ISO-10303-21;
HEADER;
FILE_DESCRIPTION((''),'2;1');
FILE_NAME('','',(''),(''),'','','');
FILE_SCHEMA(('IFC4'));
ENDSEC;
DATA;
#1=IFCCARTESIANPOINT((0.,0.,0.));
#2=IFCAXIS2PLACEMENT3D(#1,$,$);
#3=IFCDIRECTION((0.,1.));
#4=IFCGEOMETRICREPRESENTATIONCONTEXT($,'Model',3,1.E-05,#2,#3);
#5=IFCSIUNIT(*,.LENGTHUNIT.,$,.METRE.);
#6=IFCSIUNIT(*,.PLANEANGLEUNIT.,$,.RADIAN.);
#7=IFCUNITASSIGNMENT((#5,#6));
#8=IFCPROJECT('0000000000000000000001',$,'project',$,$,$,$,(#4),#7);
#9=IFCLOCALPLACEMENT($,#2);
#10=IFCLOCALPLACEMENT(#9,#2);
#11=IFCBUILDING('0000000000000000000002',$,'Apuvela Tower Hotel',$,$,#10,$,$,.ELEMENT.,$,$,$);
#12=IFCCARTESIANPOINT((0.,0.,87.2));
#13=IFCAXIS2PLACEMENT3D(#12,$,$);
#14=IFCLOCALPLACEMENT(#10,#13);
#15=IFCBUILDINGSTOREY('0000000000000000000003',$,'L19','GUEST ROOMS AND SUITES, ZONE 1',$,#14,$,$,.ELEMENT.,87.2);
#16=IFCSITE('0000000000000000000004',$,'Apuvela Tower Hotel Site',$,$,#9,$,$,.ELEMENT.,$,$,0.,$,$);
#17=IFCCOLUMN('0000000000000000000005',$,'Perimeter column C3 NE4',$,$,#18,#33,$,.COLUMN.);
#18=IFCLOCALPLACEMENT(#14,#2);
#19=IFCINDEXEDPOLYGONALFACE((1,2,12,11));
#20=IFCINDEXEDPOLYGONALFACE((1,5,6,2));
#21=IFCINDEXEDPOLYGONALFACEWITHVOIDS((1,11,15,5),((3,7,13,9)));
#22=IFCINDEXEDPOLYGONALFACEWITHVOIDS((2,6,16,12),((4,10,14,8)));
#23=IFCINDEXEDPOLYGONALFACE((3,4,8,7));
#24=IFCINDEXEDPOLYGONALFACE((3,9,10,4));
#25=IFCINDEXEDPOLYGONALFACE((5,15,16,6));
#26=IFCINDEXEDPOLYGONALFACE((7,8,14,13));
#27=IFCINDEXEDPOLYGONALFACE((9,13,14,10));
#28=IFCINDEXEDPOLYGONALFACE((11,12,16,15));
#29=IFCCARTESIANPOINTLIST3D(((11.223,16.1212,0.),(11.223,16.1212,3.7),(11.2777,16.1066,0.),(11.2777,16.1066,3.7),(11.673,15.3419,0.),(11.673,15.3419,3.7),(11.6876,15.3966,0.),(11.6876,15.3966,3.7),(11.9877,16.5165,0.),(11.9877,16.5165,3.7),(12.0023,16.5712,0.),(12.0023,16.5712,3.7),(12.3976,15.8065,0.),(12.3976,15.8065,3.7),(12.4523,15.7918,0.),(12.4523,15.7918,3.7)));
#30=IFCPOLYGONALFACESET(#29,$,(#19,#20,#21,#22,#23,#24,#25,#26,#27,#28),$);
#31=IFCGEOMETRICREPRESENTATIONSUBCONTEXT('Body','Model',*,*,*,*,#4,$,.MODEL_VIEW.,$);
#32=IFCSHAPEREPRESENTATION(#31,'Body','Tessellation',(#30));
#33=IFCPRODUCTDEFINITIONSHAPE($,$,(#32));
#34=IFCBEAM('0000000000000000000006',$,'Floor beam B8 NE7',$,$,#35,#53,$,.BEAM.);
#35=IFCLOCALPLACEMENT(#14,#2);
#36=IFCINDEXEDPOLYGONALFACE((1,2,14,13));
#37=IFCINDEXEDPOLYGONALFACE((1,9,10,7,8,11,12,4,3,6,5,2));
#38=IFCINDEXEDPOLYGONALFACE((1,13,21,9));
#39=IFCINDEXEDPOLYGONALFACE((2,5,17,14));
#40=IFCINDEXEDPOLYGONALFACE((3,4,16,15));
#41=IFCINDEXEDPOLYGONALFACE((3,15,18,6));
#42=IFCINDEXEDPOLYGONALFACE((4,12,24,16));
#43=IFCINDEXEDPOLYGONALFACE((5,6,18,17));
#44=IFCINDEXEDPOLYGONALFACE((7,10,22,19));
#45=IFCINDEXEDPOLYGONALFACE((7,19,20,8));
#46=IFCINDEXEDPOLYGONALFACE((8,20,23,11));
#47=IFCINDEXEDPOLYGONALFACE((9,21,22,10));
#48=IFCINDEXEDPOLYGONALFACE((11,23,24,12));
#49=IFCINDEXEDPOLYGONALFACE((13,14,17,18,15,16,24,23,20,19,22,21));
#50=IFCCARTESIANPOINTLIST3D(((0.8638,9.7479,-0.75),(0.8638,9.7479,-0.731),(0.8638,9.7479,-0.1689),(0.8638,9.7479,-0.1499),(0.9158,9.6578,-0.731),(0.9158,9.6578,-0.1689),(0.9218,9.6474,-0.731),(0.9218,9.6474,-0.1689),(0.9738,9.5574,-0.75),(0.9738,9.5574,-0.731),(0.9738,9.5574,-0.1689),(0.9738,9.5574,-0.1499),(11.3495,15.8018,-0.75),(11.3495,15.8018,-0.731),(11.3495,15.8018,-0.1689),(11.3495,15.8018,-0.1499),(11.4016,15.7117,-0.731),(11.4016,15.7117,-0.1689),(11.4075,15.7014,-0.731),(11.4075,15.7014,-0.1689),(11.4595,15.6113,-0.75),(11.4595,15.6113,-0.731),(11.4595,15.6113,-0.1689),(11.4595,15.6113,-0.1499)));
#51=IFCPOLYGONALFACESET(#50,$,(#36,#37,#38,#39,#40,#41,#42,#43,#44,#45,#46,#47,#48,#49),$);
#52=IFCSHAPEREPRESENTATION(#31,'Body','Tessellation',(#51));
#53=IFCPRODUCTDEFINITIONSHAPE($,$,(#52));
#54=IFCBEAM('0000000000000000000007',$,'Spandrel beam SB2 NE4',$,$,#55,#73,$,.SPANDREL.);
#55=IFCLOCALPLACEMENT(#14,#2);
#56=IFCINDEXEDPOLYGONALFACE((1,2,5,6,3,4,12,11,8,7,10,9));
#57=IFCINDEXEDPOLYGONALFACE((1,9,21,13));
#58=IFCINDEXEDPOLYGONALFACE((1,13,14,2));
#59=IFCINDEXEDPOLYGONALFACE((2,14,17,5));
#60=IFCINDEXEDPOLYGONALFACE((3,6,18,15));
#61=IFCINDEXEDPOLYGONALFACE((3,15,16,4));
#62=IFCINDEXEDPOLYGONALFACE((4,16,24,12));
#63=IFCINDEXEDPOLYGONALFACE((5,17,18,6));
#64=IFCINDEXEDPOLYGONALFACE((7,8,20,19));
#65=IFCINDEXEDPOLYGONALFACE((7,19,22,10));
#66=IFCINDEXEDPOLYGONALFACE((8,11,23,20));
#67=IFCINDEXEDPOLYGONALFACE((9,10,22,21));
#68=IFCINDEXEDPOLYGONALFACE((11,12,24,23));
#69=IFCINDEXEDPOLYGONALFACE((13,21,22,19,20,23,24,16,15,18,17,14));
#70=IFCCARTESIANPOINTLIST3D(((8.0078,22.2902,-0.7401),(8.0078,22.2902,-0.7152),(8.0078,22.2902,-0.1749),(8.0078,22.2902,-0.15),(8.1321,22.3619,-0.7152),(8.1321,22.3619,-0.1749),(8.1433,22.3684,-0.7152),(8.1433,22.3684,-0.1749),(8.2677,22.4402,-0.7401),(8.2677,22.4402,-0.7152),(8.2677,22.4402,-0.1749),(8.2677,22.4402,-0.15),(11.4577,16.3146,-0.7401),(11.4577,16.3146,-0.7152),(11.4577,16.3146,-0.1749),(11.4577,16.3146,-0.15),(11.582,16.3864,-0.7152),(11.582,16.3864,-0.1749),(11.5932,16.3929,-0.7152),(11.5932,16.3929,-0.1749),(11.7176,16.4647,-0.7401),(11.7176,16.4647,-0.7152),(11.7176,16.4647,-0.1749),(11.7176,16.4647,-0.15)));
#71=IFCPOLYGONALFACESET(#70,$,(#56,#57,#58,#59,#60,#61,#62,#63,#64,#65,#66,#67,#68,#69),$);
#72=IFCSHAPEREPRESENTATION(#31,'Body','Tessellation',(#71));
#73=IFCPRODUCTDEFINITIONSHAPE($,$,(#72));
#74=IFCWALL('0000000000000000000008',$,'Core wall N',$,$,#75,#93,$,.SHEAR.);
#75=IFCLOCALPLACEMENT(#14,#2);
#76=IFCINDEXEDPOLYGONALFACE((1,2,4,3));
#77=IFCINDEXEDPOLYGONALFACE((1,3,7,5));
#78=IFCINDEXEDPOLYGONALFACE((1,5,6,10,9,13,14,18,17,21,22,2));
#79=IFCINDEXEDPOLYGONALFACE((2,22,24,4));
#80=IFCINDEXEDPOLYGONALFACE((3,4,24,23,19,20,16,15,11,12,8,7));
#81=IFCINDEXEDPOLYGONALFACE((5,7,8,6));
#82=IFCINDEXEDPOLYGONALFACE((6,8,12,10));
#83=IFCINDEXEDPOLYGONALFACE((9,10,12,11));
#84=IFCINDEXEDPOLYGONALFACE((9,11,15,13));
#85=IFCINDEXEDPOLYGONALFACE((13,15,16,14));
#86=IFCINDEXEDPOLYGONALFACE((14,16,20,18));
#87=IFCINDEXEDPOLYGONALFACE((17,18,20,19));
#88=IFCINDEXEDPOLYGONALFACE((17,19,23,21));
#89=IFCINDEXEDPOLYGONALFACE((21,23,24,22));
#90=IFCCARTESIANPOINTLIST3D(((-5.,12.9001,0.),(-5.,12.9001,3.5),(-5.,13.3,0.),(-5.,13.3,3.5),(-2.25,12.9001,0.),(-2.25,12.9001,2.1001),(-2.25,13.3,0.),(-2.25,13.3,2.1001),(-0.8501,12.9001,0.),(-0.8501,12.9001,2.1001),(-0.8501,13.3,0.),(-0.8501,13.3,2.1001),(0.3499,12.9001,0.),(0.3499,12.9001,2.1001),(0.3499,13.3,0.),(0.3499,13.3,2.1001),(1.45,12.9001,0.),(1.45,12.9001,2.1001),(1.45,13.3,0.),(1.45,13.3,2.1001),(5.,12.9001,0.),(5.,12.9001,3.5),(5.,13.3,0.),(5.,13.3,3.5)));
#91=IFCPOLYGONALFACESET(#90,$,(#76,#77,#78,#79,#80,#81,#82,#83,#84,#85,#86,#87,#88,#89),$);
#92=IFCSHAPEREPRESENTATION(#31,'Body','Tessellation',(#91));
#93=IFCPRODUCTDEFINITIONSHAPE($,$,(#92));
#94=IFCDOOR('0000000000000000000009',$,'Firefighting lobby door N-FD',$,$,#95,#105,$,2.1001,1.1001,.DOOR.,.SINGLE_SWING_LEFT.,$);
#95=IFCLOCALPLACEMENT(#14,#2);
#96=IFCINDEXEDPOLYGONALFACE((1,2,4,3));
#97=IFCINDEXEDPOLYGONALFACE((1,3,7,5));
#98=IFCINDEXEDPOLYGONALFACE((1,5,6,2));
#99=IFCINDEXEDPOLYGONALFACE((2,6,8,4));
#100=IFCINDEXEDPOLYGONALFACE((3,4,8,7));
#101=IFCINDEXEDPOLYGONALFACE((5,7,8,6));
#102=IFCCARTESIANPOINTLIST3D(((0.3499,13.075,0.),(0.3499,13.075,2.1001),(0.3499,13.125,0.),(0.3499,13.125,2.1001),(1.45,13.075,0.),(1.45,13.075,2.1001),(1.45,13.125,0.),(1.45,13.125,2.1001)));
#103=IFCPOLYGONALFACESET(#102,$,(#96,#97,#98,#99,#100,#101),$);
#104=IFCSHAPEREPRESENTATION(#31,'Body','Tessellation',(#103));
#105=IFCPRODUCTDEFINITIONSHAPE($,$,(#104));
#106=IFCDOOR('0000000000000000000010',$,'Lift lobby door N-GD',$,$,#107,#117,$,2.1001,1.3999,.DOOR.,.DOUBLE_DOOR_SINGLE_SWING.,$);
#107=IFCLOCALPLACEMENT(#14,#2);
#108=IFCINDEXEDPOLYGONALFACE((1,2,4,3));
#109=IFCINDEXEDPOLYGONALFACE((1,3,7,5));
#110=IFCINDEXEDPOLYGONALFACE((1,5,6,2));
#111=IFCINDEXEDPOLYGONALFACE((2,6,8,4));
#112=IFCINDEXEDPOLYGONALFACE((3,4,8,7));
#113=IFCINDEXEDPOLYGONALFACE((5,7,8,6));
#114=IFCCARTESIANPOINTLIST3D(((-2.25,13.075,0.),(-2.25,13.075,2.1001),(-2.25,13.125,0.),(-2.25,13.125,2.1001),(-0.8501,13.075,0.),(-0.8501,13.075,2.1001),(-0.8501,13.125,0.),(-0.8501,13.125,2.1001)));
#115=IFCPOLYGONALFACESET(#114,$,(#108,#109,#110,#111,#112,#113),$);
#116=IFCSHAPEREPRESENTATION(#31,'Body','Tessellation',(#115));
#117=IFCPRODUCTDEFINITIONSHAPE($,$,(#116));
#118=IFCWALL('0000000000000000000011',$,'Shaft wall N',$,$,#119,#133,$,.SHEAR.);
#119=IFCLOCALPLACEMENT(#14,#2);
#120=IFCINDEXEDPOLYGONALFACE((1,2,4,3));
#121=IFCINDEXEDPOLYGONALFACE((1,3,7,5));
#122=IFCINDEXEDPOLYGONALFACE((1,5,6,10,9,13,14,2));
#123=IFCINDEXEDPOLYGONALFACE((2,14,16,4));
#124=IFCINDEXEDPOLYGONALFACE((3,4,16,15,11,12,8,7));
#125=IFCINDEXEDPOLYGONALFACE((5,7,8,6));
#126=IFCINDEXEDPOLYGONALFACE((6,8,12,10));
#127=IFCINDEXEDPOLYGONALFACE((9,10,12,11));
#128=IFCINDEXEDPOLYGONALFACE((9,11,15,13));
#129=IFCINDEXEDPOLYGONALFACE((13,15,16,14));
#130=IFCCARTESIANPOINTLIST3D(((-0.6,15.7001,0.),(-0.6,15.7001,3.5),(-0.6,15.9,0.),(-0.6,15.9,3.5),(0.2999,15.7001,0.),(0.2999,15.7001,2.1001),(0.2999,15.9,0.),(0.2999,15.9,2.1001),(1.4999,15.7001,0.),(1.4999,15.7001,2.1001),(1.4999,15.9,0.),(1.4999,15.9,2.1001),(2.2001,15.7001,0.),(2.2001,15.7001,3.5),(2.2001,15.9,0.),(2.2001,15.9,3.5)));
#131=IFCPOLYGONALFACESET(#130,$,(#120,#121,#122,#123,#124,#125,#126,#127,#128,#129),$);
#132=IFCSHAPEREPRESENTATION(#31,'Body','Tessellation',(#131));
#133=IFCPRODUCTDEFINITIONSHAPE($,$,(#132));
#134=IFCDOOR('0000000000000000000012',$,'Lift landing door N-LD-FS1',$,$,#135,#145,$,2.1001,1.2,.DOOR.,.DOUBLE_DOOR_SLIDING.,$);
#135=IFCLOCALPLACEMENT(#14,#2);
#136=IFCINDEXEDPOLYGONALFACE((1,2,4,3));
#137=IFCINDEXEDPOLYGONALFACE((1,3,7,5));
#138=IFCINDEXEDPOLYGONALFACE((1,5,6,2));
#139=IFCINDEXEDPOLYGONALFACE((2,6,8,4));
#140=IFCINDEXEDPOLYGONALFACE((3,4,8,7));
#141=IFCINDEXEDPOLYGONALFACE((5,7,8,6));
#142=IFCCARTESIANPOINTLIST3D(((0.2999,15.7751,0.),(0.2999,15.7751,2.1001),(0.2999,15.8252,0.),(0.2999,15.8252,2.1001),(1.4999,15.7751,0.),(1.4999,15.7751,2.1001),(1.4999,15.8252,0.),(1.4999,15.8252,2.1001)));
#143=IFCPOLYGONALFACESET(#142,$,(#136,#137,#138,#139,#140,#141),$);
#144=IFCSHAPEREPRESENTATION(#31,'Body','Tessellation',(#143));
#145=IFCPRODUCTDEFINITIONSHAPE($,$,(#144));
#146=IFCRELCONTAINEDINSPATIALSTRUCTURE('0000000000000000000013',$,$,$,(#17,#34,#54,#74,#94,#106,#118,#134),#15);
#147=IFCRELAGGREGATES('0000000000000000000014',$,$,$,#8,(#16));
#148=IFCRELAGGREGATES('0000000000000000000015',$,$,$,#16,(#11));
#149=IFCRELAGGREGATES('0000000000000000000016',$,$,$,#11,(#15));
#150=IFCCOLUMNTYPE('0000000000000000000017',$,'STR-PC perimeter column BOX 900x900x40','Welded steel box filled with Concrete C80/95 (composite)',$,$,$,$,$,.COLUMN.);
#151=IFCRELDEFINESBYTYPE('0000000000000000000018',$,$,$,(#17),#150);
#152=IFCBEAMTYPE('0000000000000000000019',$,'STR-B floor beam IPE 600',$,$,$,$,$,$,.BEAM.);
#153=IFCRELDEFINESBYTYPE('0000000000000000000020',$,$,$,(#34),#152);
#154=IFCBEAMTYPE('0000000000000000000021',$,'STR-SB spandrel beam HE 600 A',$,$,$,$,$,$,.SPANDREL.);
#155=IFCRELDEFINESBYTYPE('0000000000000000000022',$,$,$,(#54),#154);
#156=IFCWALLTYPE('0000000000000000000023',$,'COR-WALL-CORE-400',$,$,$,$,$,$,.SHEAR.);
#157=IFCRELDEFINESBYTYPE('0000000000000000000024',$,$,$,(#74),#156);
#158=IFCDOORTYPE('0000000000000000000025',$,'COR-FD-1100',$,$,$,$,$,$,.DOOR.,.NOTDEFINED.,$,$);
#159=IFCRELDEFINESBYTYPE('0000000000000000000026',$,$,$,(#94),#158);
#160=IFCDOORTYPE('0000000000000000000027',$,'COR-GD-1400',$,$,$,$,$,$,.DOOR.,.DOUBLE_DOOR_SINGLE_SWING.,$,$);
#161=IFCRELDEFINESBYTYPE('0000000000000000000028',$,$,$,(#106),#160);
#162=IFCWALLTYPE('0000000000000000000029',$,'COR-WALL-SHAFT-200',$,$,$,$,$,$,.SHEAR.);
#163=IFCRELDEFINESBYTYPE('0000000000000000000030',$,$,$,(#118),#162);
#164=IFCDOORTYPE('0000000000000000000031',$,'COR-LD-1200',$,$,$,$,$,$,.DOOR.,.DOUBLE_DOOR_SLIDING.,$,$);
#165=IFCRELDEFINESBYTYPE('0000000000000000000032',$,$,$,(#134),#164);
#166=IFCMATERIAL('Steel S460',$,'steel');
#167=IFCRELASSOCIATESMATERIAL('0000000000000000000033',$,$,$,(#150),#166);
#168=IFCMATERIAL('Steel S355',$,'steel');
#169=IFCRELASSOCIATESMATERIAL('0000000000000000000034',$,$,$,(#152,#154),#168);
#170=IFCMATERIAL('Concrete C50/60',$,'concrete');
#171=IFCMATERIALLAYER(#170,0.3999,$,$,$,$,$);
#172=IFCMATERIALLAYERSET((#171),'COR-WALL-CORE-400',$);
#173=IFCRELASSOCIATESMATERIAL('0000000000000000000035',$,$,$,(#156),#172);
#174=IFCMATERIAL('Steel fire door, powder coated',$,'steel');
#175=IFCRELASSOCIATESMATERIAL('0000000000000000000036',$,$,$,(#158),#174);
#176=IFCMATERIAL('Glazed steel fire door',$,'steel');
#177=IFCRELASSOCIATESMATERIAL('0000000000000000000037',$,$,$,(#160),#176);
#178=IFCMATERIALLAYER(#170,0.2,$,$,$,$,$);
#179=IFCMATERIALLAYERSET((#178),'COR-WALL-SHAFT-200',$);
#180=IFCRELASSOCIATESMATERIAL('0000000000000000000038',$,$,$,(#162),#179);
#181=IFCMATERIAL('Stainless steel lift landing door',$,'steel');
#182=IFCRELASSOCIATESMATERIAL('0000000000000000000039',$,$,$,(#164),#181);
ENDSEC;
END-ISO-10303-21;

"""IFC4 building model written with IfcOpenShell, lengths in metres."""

from ifc_helpers import new_model, si_unit, direction, frame, frame_2d, origin, origin_2d, place, context, subcontext, project, spatial, rectangle, hollow_rectangle, i_section, extrude, material, layer, layer_set, material_profile, profile_set, type_object, element, fill, save


model = new_model("IFC4")

# Units and contexts
model_context = context("Model", 3, precision=1e-05, world=origin(), true_north=direction((0.0, 1.0)))
body_context = subcontext(model_context, "Body", "Model", "MODEL_VIEW")
ifc_project = project(units=[si_unit("LENGTHUNIT", "METRE"), si_unit("PLANEANGLEUNIT", "RADIAN")], contexts=[model_context])

# Site, building, storey
site_placement = place(None, origin())
site = spatial("IfcSite", under=ifc_project, at=site_placement, Name="Apuvela Tower Hotel Site", CompositionType="ELEMENT", RefElevation=0.0)
building_placement = place(site_placement, origin())
building = spatial("IfcBuilding", under=site, at=building_placement, Name="Apuvela Tower Hotel", CompositionType="ELEMENT")
storey_placement = place(building_placement, frame((0.0, 0.0, 87.2)))
storey = spatial("IfcBuildingStorey", under=building, at=storey_placement, Name="L19", Description="GUEST ROOMS AND SUITES, ZONE 1", CompositionType="ELEMENT", Elevation=87.2)

# Column
ifc_material_1 = material(Name="Steel S460", Category="steel")
ifc_material_profile_1 = material_profile(ifc_material_1, hollow_rectangle(XDim=0.8999, YDim=0.8999, WallThickness=0.04, at=origin_2d()), Name="BOX 900x900x40")
ifc_material_2 = material(Name="Concrete C80/95", Category="concrete")
ifc_material_profile_2 = material_profile(ifc_material_2, rectangle(XDim=0.8201, YDim=0.8201, at=origin_2d()), Name="Concrete C80/95 infill")
ifc_profile_set_1 = profile_set([ifc_material_profile_1, ifc_material_profile_2], Name="Steel S460")
column_type = type_object("IfcColumnType", Name="STR-PC perimeter column BOX 900x900x40", Description="Welded steel box filled with Concrete C80/95 (composite)", PredefinedType="COLUMN", material=ifc_profile_set_1)
column_placement = place(storey_placement, frame((11.8376, 15.9565, 0.0), z_axis=(0.0, 0.0, 1.0), x_axis=(-0.5, 0.866025, 0.0)))
element("IfcColumn", 1, at=column_placement, inside=storey, type_object=column_type, Name="Perimeter column C3 NE4", PredefinedType="COLUMN", context=body_context, shape_type="SweptSolid", body=[
    extrude(hollow_rectangle(XDim=0.8999, YDim=0.8999, WallThickness=0.04, at=origin_2d()), origin(), (0.0, 0.0, 1.0), 3.7),
])

# Beams
ifc_material_3 = material(Name="Steel S355", Category="steel")
ifc_material_profile_3 = material_profile(ifc_material_3, i_section(OverallWidth=0.22, OverallDepth=0.6001, WebThickness=0.012, FlangeThickness=0.019, at=origin_2d()), Name="IPE 600")
ifc_profile_set_2 = profile_set([ifc_material_profile_3], Name="Steel S355")
beam_type_1 = type_object("IfcBeamType", Name="STR-B floor beam IPE 600", PredefinedType="BEAM", material=ifc_profile_set_2)
beam_1_placement = place(storey_placement, frame((11.4045, 15.7065, -0.45), z_axis=(-0.866027, -0.499997, 0.0), x_axis=(0.499997, -0.866027, 0.0)))
element("IfcBeam", 2, at=beam_1_placement, inside=storey, type_object=beam_type_1, Name="Floor beam B8 NE7", PredefinedType="BEAM", context=body_context, shape_type="SweptSolid", body=[
    extrude(i_section(OverallWidth=0.22, OverallDepth=0.6001, WebThickness=0.012, FlangeThickness=0.019, at=origin_2d()), origin(), (0.0, 0.0, 1.0), 12.1079),
])
ifc_material_profile_4 = material_profile(ifc_material_3, i_section(OverallWidth=0.3, OverallDepth=0.5901, WebThickness=0.0129, FlangeThickness=0.0249, at=origin_2d()), Name="HE 600 A")
ifc_profile_set_3 = profile_set([ifc_material_profile_4], Name="Steel S355")
beam_type_2 = type_object("IfcBeamType", Name="STR-SB spandrel beam HE 600 A", PredefinedType="SPANDREL", material=ifc_profile_set_3)
beam_2_placement = place(storey_placement, frame((11.5876, 16.3896, -0.4451), z_axis=(-0.499994, 0.866029, 0.0), x_axis=(-0.866029, -0.499994, 0.0)))
element("IfcBeam", 3, at=beam_2_placement, inside=storey, type_object=beam_type_2, Name="Spandrel beam SB2 NE4", PredefinedType="SPANDREL", context=body_context, shape_type="SweptSolid", body=[
    extrude(i_section(OverallWidth=0.3, OverallDepth=0.5901, WebThickness=0.0129, FlangeThickness=0.0249, at=origin_2d()), origin(), (0.0, 0.0, 1.0), 6.8999),
])

# Wall, openings, doors
ifc_material_4 = material(Name="Concrete C50/60", Category="concrete")
ifc_layer_1 = layer(ifc_material_4, 0.3999)
ifc_layer_set_1 = layer_set([ifc_layer_1], Name="COR-WALL-CORE-400")
wall_type_1 = type_object("IfcWallType", Name="COR-WALL-CORE-400", PredefinedType="SHEAR", material=ifc_layer_set_1)
wall_1_placement = place(storey_placement, frame((5.0, 13.1001, 0.0), z_axis=(0.0, 0.0, 1.0), x_axis=(-1.0, 0.0, 0.0)))
wall_1 = element("IfcWall", 4, at=wall_1_placement, inside=storey, type_object=wall_type_1, Name="Core wall N", PredefinedType="SHEAR", context=body_context, shape_type="SweptSolid", body=[
    extrude(rectangle(XDim=10.0, YDim=0.3999, at=frame_2d((5.0, 0.0))), origin(), (0.0, 0.0, 1.0), 3.5),
])
opening_1_placement = place(wall_1_placement, frame((3.55, 0.0, 0.0)))
opening_1 = element("IfcOpeningElement", 5, at=opening_1_placement, cuts=wall_1, PredefinedType="OPENING", context=body_context, shape_type="SweptSolid", body=[
    extrude(rectangle(XDim=1.1001, YDim=2.1001, at=frame_2d((0.55, 1.05))), frame((0.0, 0.21, 0.0), z_axis=(0.0, -1.0, 0.0), x_axis=(1.0, 0.0, 0.0)), (0.0, 0.0, 1.0), 0.4199),
])
opening_2_placement = place(wall_1_placement, frame((5.8501, 0.0, 0.0)))
opening_2 = element("IfcOpeningElement", 6, at=opening_2_placement, cuts=wall_1, PredefinedType="OPENING", context=body_context, shape_type="SweptSolid", body=[
    extrude(rectangle(XDim=1.3999, YDim=2.1001, at=frame_2d((0.7, 1.05))), frame((0.0, 0.21, 0.0), z_axis=(0.0, -1.0, 0.0), x_axis=(1.0, 0.0, 0.0)), (0.0, 0.0, 1.0), 0.4199),
])
ifc_material_5 = material(Name="Steel fire door, powder coated", Category="steel")
door_type_1 = type_object("IfcDoorType", Name="COR-FD-1100", OperationType="NOTDEFINED", PredefinedType="DOOR", material=ifc_material_5)
door_1_placement = place(opening_1_placement, frame((1.1001, 0.0, 0.0), z_axis=(0.0, 0.0, 1.0), x_axis=(-1.0, 0.0, 0.0)))
door_1 = element("IfcDoor", 7, at=door_1_placement, inside=storey, type_object=door_type_1, Name="Firefighting lobby door N-FD", OperationType="SINGLE_SWING_LEFT", OverallHeight=2.1001, OverallWidth=1.1001, PredefinedType="DOOR", context=body_context, shape_type="SweptSolid", body=[
    extrude(rectangle(XDim=1.1001, YDim=2.1001, at=frame_2d((0.55, 1.05))), frame((0.0, 0.0249, 0.0), z_axis=(0.0, -1.0, 0.0), x_axis=(1.0, 0.0, 0.0)), (0.0, 0.0, 1.0), 0.05),
])
fill(opening_1, door_1)
ifc_material_6 = material(Name="Glazed steel fire door", Category="steel")
door_type_2 = type_object("IfcDoorType", Name="COR-GD-1400", OperationType="DOUBLE_DOOR_SINGLE_SWING", PredefinedType="DOOR", material=ifc_material_6)
door_2_placement = place(opening_2_placement, frame((1.3999, 0.0, 0.0), z_axis=(0.0, 0.0, 1.0), x_axis=(-1.0, 0.0, 0.0)))
door_2 = element("IfcDoor", 8, at=door_2_placement, inside=storey, type_object=door_type_2, Name="Lift lobby door N-GD", OperationType="DOUBLE_DOOR_SINGLE_SWING", OverallHeight=2.1001, OverallWidth=1.3999, PredefinedType="DOOR", context=body_context, shape_type="SweptSolid", body=[
    extrude(rectangle(XDim=1.3999, YDim=2.1001, at=frame_2d((0.7, 1.05))), frame((0.0, 0.0249, 0.0), z_axis=(0.0, -1.0, 0.0), x_axis=(1.0, 0.0, 0.0)), (0.0, 0.0, 1.0), 0.05),
])
fill(opening_2, door_2)

# Wall, opening, door
ifc_layer_2 = layer(ifc_material_4, 0.2)
ifc_layer_set_2 = layer_set([ifc_layer_2], Name="COR-WALL-SHAFT-200")
wall_type_2 = type_object("IfcWallType", Name="COR-WALL-SHAFT-200", PredefinedType="SHEAR", material=ifc_layer_set_2)
wall_2_placement = place(storey_placement, frame((2.2, 15.8, 0.0), z_axis=(0.0, 0.0, 1.0), x_axis=(-1.0, 0.0, 0.0)))
wall_2 = element("IfcWall", 9, at=wall_2_placement, inside=storey, type_object=wall_type_2, Name="Shaft wall N", PredefinedType="SHEAR", context=body_context, shape_type="SweptSolid", body=[
    extrude(rectangle(XDim=2.8, YDim=0.2, at=frame_2d((1.3999, 0.0))), origin(), (0.0, 0.0, 1.0), 3.5),
])
opening_3_placement = place(wall_2_placement, frame((0.7, 0.0, 0.0)))
opening_3 = element("IfcOpeningElement", 10, at=opening_3_placement, cuts=wall_2, PredefinedType="OPENING", context=body_context, shape_type="SweptSolid", body=[
    extrude(rectangle(XDim=1.2, YDim=2.1001, at=frame_2d((0.6001, 1.05))), frame((0.0, 0.1099, 0.0), z_axis=(0.0, -1.0, 0.0), x_axis=(1.0, 0.0, 0.0)), (0.0, 0.0, 1.0), 0.22),
])
ifc_material_7 = material(Name="Stainless steel lift landing door", Category="steel")
door_type_3 = type_object("IfcDoorType", Name="COR-LD-1200", OperationType="DOUBLE_DOOR_SLIDING", PredefinedType="DOOR", material=ifc_material_7)
door_3_placement = place(opening_3_placement, origin())
door_3 = element("IfcDoor", 11, at=door_3_placement, inside=storey, type_object=door_type_3, Name="Lift landing door N-LD-FS1", OperationType="DOUBLE_DOOR_SLIDING", OverallHeight=2.1001, OverallWidth=1.2, PredefinedType="DOOR", context=body_context, shape_type="SweptSolid", body=[
    extrude(rectangle(XDim=1.2, YDim=2.1001, at=frame_2d((0.6001, 1.05))), frame((0.0, 0.0249, 0.0), z_axis=(0.0, -1.0, 0.0), x_axis=(1.0, 0.0, 0.0)), (0.0, 0.0, 1.0), 0.05),
])
fill(opening_3, door_3)

save(model, "model.ifc")
